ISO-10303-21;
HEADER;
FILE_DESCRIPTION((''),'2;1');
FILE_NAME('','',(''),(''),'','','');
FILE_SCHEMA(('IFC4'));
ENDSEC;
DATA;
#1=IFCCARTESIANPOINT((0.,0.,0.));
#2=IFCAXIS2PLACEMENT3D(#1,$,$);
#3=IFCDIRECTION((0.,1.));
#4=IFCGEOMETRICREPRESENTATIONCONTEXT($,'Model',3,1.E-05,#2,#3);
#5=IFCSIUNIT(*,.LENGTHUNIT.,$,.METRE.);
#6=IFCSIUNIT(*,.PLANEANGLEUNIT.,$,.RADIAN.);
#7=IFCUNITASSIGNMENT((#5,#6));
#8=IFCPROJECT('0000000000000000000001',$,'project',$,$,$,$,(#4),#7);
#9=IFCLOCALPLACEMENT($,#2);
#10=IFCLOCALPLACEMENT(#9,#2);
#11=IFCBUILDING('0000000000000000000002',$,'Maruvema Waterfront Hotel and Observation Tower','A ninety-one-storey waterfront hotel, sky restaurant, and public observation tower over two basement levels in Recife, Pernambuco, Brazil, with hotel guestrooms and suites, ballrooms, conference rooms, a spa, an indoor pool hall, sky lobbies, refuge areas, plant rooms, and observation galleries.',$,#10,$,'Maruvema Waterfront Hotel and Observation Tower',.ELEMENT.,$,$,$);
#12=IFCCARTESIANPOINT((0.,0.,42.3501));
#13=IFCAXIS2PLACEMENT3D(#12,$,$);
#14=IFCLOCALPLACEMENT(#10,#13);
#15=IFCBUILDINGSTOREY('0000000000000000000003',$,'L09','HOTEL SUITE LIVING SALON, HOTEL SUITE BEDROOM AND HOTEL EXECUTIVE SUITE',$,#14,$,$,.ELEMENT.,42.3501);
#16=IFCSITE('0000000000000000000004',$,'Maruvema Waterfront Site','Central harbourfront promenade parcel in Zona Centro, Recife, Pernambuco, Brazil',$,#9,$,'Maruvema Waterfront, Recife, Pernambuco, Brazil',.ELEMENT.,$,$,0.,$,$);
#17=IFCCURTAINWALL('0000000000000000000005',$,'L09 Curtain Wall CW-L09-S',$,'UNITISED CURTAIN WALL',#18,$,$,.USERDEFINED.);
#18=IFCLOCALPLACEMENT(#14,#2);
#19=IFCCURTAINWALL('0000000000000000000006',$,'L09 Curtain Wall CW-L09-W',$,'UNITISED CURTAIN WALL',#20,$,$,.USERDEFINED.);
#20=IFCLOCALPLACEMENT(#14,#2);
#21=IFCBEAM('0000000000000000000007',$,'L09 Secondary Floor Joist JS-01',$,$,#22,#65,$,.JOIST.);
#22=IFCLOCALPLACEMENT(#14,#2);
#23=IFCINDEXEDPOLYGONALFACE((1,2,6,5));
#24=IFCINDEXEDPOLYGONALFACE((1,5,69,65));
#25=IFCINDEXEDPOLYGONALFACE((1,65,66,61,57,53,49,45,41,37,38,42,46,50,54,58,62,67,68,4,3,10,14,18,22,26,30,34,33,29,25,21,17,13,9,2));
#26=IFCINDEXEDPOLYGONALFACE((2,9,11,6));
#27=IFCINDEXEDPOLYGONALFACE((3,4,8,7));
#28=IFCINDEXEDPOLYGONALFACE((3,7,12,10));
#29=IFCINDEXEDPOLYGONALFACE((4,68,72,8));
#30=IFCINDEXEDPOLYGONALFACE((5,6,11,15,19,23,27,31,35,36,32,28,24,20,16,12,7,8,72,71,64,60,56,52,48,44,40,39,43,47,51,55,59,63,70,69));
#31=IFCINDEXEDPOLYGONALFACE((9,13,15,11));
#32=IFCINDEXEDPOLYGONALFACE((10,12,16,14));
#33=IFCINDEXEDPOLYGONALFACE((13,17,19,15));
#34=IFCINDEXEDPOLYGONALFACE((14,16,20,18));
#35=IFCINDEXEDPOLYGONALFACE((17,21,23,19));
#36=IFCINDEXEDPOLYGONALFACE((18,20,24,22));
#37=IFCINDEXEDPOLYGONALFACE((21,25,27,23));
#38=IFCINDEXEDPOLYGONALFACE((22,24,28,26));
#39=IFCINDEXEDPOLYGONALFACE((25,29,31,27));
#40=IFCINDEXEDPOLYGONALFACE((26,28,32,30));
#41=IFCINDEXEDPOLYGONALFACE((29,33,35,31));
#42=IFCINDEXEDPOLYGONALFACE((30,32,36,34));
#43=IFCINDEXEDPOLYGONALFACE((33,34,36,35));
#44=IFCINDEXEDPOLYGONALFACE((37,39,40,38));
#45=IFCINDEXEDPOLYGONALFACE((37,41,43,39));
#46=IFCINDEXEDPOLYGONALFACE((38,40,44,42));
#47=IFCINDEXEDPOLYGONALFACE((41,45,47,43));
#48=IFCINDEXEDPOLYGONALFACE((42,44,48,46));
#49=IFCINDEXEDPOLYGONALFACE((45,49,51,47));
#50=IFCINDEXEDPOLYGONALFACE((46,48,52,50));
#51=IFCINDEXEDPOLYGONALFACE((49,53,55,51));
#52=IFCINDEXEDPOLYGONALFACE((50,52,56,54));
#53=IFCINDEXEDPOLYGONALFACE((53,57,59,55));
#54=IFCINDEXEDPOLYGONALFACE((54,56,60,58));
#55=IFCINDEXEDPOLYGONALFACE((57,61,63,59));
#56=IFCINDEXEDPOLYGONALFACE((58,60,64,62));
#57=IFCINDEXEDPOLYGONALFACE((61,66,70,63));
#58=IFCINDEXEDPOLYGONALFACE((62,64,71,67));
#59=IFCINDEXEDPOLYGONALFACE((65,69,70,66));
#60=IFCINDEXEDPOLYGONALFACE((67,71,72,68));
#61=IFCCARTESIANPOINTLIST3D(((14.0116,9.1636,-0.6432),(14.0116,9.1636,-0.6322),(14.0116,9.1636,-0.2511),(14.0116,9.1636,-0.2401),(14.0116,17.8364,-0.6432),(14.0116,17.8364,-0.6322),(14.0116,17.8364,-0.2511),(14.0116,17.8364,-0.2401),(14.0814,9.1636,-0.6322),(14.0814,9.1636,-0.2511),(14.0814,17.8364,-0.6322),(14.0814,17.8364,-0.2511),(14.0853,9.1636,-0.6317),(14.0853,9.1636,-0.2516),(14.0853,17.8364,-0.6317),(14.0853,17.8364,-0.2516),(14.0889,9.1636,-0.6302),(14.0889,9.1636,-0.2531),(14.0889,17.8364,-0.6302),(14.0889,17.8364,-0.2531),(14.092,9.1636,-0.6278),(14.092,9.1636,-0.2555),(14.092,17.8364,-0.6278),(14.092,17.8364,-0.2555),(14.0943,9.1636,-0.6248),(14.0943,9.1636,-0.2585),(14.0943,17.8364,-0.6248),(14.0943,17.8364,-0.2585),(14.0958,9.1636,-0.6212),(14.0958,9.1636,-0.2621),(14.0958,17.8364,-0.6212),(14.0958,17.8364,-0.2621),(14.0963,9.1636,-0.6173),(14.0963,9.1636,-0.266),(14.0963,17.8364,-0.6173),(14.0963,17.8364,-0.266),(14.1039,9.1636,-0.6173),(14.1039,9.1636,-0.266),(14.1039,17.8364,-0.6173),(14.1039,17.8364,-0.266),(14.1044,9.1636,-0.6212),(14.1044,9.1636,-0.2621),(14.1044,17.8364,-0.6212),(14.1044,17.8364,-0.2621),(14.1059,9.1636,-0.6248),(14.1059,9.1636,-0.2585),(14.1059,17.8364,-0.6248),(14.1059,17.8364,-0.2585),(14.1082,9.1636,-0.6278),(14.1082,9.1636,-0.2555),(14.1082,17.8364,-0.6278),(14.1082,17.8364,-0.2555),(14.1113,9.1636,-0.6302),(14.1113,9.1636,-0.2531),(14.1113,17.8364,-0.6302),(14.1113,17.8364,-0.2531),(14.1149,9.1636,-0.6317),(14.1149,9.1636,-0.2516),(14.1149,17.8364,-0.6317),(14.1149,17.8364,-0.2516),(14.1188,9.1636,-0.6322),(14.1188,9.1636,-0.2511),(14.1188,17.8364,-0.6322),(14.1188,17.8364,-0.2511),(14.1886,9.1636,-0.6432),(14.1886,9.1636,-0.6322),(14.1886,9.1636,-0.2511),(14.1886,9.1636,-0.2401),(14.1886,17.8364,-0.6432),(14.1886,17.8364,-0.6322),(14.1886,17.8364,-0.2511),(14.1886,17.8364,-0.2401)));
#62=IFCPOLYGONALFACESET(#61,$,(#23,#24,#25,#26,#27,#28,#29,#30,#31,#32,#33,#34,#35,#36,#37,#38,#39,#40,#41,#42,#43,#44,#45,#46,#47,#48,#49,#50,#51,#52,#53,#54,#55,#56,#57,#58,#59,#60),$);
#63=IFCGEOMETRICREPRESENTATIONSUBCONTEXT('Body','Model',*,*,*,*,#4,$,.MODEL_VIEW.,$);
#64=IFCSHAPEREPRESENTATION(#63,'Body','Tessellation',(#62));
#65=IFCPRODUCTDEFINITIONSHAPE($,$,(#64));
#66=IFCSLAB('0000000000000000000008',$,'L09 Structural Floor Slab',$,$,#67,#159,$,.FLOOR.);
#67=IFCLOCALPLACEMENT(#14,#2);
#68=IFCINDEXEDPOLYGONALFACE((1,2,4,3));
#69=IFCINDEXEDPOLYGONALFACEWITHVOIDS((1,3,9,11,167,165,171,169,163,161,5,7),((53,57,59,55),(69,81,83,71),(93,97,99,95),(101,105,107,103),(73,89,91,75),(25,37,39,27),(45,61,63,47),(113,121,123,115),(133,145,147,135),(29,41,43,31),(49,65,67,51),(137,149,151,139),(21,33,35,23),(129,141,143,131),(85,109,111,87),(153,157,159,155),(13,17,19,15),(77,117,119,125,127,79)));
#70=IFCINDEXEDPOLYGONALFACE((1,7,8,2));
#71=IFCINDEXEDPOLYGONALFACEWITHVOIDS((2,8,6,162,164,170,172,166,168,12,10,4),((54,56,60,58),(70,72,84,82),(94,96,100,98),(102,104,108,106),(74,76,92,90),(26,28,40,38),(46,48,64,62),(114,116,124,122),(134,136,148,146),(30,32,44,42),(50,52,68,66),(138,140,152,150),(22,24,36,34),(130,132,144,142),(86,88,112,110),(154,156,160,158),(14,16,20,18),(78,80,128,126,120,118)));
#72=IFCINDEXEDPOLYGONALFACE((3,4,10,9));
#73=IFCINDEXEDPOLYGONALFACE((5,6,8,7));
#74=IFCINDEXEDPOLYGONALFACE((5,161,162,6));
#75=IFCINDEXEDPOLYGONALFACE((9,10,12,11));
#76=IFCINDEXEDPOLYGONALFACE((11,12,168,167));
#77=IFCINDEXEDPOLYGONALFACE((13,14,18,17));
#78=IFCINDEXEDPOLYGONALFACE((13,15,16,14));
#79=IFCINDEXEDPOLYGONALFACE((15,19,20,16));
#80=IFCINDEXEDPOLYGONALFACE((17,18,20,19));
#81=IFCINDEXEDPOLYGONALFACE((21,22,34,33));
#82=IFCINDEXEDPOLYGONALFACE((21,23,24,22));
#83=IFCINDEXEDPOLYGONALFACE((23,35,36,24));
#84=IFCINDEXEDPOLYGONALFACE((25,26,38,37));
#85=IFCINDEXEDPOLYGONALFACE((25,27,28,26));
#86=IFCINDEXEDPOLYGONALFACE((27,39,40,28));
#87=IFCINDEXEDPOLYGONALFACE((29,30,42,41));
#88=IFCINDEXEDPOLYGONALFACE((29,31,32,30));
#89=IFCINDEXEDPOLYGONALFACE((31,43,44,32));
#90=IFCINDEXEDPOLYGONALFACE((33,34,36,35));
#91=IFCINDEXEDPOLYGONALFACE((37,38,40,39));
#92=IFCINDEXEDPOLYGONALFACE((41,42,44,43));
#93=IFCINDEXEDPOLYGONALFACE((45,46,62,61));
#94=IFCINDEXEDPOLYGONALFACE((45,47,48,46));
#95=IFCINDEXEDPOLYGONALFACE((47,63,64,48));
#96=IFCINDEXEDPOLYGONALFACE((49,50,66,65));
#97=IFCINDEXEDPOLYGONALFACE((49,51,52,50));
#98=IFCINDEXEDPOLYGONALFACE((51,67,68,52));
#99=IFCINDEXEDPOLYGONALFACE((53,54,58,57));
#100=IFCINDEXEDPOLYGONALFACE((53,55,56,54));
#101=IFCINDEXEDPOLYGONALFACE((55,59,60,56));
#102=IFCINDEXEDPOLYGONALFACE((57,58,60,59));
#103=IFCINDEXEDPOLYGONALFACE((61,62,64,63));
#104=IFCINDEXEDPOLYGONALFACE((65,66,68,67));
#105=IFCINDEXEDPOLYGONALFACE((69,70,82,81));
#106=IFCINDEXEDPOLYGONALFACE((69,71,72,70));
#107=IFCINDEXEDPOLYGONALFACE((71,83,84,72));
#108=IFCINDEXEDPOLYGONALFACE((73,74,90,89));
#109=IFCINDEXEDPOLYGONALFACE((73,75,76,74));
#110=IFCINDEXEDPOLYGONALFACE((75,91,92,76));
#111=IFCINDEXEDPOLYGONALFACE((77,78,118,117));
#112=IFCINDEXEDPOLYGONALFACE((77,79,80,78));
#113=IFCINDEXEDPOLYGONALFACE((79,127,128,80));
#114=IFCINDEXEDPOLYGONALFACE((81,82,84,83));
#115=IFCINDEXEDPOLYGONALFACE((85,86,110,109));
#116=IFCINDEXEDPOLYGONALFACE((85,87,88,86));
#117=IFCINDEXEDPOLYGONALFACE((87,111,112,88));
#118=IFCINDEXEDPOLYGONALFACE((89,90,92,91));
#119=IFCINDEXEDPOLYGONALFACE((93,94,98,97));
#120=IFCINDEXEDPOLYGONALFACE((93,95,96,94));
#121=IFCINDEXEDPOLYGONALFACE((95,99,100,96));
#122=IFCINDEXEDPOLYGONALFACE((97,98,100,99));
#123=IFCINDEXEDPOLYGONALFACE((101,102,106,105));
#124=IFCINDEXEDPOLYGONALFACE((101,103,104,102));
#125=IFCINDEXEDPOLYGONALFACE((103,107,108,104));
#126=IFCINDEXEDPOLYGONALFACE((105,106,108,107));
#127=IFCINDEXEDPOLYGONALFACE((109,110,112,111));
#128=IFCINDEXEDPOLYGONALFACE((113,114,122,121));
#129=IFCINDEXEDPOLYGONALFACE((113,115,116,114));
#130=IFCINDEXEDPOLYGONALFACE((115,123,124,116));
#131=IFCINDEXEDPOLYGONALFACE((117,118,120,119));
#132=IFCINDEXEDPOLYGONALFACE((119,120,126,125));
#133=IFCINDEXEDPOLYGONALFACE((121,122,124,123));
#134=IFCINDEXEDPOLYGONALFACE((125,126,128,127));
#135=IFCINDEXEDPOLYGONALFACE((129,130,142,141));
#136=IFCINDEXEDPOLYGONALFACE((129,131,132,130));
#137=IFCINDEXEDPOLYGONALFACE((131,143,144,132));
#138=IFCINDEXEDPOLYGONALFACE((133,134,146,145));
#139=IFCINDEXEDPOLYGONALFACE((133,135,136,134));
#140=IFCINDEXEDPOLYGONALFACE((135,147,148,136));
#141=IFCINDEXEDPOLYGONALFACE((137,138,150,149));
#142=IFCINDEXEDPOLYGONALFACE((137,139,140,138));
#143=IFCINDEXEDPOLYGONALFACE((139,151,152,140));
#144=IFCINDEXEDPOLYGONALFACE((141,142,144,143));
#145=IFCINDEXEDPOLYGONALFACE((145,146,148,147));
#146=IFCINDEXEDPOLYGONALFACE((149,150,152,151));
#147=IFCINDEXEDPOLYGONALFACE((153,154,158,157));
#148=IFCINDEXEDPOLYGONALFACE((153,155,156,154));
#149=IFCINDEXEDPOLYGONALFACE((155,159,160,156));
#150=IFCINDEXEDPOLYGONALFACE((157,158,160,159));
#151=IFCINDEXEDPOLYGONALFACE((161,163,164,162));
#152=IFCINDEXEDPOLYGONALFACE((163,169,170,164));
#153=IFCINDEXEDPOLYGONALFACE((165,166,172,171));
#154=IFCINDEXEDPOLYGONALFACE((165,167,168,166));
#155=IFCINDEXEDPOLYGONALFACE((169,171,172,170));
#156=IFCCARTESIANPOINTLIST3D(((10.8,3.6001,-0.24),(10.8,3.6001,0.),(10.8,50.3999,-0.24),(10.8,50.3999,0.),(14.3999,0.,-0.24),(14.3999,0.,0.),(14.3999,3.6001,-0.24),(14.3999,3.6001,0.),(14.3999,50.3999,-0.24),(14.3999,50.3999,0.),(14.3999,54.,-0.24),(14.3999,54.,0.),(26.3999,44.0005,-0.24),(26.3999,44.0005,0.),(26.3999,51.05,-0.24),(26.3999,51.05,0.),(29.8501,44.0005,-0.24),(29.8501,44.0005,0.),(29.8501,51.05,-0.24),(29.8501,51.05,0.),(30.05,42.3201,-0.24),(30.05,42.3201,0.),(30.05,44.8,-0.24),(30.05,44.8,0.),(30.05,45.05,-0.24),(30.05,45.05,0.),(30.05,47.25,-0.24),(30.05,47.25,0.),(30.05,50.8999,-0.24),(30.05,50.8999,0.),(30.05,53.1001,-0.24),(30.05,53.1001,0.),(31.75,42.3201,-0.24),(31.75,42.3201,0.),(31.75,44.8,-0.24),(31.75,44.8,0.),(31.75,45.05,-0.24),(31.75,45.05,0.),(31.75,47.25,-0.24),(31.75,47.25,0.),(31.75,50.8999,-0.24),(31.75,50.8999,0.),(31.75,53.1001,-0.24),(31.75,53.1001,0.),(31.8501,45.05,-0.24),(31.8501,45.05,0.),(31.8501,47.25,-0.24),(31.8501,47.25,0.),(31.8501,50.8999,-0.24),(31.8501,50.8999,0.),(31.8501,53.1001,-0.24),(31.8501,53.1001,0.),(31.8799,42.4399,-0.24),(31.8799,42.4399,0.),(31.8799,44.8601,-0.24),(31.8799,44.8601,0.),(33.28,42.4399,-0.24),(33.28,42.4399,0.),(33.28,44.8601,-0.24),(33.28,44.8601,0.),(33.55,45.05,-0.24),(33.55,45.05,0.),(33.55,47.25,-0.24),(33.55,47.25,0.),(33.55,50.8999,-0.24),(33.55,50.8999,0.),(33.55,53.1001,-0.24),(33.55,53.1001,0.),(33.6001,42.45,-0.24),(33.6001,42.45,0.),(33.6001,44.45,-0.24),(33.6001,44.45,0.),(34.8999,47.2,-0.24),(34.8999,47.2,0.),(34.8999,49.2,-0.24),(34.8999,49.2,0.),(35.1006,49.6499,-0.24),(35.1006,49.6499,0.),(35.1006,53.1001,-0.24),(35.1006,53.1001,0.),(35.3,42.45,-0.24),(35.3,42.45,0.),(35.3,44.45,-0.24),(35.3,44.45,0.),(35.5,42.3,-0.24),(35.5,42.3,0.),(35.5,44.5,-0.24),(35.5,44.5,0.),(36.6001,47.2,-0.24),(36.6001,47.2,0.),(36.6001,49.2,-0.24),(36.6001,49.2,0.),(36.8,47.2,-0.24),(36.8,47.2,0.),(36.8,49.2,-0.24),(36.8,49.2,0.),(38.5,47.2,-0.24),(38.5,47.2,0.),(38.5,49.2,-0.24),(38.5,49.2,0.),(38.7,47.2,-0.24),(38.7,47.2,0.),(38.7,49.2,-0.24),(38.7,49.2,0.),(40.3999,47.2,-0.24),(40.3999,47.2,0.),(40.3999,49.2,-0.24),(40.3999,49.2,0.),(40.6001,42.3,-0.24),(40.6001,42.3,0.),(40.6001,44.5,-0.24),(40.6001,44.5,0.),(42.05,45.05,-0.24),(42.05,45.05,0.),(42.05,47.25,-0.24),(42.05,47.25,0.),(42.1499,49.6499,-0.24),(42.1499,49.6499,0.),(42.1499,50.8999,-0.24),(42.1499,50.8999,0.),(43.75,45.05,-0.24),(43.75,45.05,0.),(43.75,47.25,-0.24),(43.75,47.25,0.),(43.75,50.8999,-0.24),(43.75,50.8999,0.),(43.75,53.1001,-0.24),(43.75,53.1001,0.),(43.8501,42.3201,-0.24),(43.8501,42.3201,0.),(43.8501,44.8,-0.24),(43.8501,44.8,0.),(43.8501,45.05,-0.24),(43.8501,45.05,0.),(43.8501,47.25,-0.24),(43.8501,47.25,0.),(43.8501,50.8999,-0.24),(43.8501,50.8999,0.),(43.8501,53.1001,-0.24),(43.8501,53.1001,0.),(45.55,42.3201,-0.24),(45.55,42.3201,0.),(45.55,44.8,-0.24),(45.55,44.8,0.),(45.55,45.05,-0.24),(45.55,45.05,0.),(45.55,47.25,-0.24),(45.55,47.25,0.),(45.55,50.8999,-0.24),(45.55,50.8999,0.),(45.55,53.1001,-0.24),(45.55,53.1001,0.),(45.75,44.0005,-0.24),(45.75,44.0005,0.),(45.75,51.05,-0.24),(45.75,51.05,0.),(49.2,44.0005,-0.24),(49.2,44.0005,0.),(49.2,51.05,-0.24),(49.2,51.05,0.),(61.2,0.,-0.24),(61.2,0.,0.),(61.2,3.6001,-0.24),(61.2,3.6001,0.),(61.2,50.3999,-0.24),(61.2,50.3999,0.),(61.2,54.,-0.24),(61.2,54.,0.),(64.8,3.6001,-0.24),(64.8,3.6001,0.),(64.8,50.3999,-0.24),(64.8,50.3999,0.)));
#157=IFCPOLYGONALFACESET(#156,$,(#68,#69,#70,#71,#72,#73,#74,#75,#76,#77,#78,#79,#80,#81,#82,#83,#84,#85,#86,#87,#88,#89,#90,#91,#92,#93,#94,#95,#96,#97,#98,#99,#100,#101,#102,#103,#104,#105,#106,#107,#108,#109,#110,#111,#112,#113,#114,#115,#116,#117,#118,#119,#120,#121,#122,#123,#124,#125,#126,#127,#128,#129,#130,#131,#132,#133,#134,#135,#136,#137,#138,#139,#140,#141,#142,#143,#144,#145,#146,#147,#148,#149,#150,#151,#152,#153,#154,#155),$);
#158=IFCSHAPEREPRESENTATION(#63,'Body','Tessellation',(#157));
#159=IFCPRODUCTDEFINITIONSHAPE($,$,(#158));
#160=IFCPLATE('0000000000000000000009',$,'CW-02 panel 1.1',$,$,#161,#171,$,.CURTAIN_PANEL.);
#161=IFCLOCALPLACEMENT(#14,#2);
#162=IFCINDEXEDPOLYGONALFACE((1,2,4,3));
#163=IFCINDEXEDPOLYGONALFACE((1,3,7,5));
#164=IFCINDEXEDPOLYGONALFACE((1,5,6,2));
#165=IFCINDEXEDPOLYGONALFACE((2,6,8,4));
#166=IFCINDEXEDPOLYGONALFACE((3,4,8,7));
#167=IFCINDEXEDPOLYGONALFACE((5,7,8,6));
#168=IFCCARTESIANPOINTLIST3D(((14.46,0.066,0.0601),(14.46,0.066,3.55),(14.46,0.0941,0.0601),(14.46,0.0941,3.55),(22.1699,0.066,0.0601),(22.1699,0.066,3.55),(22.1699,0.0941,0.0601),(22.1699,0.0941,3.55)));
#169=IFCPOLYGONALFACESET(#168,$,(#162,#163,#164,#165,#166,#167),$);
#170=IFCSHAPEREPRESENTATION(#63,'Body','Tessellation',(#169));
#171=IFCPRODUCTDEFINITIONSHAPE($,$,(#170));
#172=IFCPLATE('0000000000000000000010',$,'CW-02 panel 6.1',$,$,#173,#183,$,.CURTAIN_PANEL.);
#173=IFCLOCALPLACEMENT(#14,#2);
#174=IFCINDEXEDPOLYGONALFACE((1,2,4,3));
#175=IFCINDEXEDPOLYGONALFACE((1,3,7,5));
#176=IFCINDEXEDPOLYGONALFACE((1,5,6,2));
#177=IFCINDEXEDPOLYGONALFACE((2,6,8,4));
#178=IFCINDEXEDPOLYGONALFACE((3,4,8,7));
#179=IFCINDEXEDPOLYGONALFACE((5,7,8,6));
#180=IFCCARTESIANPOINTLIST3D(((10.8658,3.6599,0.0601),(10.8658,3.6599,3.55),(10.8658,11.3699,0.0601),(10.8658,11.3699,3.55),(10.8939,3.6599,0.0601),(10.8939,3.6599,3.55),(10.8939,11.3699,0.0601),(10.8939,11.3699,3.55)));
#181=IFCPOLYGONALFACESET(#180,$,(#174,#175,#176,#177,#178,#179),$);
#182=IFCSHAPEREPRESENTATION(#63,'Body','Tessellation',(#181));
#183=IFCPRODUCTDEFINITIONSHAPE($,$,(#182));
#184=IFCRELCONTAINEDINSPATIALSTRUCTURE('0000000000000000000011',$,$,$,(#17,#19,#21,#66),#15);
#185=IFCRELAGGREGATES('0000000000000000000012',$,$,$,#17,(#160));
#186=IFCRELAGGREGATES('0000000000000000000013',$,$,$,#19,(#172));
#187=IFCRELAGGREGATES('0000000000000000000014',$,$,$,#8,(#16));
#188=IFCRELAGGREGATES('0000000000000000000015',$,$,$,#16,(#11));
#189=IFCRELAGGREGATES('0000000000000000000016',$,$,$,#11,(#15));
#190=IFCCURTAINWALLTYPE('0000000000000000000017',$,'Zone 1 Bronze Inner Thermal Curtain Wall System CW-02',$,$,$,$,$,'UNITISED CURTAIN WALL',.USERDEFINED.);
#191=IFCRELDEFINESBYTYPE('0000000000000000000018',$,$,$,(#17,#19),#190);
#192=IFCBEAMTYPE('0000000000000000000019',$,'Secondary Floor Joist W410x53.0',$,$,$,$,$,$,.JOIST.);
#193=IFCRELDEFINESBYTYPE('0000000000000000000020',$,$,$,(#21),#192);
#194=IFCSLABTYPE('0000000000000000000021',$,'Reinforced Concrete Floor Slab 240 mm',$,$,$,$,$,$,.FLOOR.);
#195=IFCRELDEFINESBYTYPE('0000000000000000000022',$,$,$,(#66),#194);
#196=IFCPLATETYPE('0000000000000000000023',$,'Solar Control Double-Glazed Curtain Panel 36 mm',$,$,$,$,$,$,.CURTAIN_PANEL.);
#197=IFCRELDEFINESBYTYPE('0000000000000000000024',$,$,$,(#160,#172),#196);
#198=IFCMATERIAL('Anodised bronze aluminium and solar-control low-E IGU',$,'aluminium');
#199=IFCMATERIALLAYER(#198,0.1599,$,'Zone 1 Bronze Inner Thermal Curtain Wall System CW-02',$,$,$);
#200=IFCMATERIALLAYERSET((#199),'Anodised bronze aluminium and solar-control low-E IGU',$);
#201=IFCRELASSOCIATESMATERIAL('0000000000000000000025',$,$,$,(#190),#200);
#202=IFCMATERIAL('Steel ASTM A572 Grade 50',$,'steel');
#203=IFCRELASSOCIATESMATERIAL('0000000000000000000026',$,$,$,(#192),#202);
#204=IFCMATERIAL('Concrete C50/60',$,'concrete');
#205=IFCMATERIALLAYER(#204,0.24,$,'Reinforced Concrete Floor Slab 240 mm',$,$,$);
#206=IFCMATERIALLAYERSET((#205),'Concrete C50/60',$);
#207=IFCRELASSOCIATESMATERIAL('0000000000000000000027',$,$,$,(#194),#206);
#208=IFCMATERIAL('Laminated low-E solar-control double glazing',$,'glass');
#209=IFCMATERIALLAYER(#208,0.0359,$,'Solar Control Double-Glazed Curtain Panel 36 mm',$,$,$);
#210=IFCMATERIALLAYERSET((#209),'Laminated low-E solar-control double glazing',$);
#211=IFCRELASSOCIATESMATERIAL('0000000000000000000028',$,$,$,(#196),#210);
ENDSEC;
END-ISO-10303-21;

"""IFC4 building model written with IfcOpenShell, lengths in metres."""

from ifc_helpers import new_model, si_unit, direction, frame, origin, origin_2d, place, context, subcontext, project, spatial, polyline, rectangle, i_section, outline, extrude, material, layer, layer_set, material_profile, profile_set, type_object, element, aggregate, save


model = new_model("IFC4")

# Units and contexts
model_context = context("Model", 3, precision=1e-05, world=origin(), true_north=direction((0.0, 1.0)))
body_context = subcontext(model_context, "Body", "Model", "MODEL_VIEW")
ifc_project = project(units=[si_unit("LENGTHUNIT", "METRE"), si_unit("PLANEANGLEUNIT", "RADIAN")], contexts=[model_context])

# Site, building, storey
site_placement = place(None, origin())
site = spatial("IfcSite", under=ifc_project, at=site_placement, Name="Maruvema Waterfront Site", Description="Central harbourfront promenade parcel in Zona Centro, Recife, Pernambuco, Brazil", LongName="Maruvema Waterfront, Recife, Pernambuco, Brazil", CompositionType="ELEMENT", RefElevation=0.0)
building_placement = place(site_placement, origin())
building = spatial("IfcBuilding", under=site, at=building_placement, Name="Maruvema Waterfront Hotel and Observation Tower", Description="A ninety-one-storey waterfront hotel, sky restaurant, and public observation tower over two basement levels in Recife, Pernambuco, Brazil, with hotel guestrooms and suites, ballrooms, conference rooms, a spa, an indoor pool hall, sky lobbies, refuge areas, plant rooms, and observation galleries.", LongName="Maruvema Waterfront Hotel and Observation Tower", CompositionType="ELEMENT")
storey_placement = place(building_placement, frame((0.0, 0.0, 42.3501)))
storey = spatial("IfcBuildingStorey", under=building, at=storey_placement, Name="L09", Description="HOTEL SUITE LIVING SALON, HOTEL SUITE BEDROOM AND HOTEL EXECUTIVE SUITE", CompositionType="ELEMENT", Elevation=42.3501)

# Curtain walls
ifc_material_1 = material(Name="Anodised bronze aluminium and solar-control low-E IGU", Category="aluminium")
ifc_layer_1 = layer(ifc_material_1, 0.1599, Name="Zone 1 Bronze Inner Thermal Curtain Wall System CW-02")
ifc_layer_set_1 = layer_set([ifc_layer_1], Name="Anodised bronze aluminium and solar-control low-E IGU")
curtain_wall_type = type_object("IfcCurtainWallType", Name="Zone 1 Bronze Inner Thermal Curtain Wall System CW-02", ElementType="UNITISED CURTAIN WALL", PredefinedType="USERDEFINED", material=ifc_layer_set_1)
curtain_wall_1_placement = place(storey_placement, origin())
curtain_wall_1 = element("IfcCurtainWall", 1, at=curtain_wall_1_placement, inside=storey, type_object=curtain_wall_type, Name="L09 Curtain Wall CW-L09-S", ObjectType="UNITISED CURTAIN WALL", PredefinedType="USERDEFINED")
curtain_wall_2_placement = place(storey_placement, origin())
curtain_wall_2 = element("IfcCurtainWall", 2, at=curtain_wall_2_placement, inside=storey, type_object=curtain_wall_type, Name="L09 Curtain Wall CW-L09-W", ObjectType="UNITISED CURTAIN WALL", PredefinedType="USERDEFINED")

# Beam
ifc_material_2 = material(Name="Steel ASTM A572 Grade 50", Category="steel")
ifc_material_profile_1 = material_profile(ifc_material_2, i_section(OverallWidth=0.177, OverallDepth=0.4031, WebThickness=0.0076, FlangeThickness=0.011, FilletRadius=0.0149, at=origin_2d()), Name="W410x53.0")
ifc_profile_set_1 = profile_set([ifc_material_profile_1], Name="Steel ASTM A572 Grade 50")
beam_type_1 = type_object("IfcBeamType", Name="Secondary Floor Joist W410x53.0", PredefinedType="JOIST", material=ifc_profile_set_1)
beam_1_placement = place(storey_placement, frame((14.1001, 9.1636, -0.4417), z_axis=(0.0, 1.0, 0.0), x_axis=(-1.0, 0.0, 0.0)))
element("IfcBeam", 3, at=beam_1_placement, inside=storey, type_object=beam_type_1, Name="L09 Secondary Floor Joist JS-01", PredefinedType="JOIST", context=body_context, shape_type="SweptSolid", body=[
    extrude(i_section(OverallWidth=0.177, OverallDepth=0.4031, WebThickness=0.0076, FlangeThickness=0.011, FilletRadius=0.0149, at=origin_2d()), origin(), (0.0, 0.0, 1.0), 8.6729),
])

# Slab
ifc_material_3 = material(Name="Concrete C50/60", Category="concrete")
ifc_layer_2 = layer(ifc_material_3, 0.24, Name="Reinforced Concrete Floor Slab 240 mm")
ifc_layer_set_2 = layer_set([ifc_layer_2], Name="Concrete C50/60")
slab_type_1 = type_object("IfcSlabType", Name="Reinforced Concrete Floor Slab 240 mm", PredefinedType="FLOOR", material=ifc_layer_set_2)
slab_1_placement = place(storey_placement, frame((0.0, 0.0, -0.24)))
element("IfcSlab", 4, at=slab_1_placement, inside=storey, type_object=slab_type_1, Name="L09 Structural Floor Slab", PredefinedType="FLOOR", context=body_context, shape_type="SweptSolid", body=[
    extrude(outline(polyline([(14.3999, 0.0), (61.2, 0.0), (61.2, 3.6001), (64.8, 3.6001), (64.8, 50.3999), (61.2, 50.3999), (61.2, 54.0), (14.3999, 54.0), (14.3999, 50.3999), (10.8, 50.3999), (10.8, 3.6001), (14.3999, 3.6001), (14.3999, 0.0)]), holes=[polyline([(26.3999, 44.0005), (26.3999, 51.05), (29.8501, 51.05), (29.8501, 44.0005), (26.3999, 44.0005)]), polyline([(30.05, 44.8), (31.75, 44.8), (31.75, 42.3201), (30.05, 42.3201), (30.05, 44.8)]), polyline([(31.75, 47.25), (31.75, 45.05), (30.05, 45.05), (30.05, 47.25), (31.75, 47.25)]), polyline([(31.75, 53.1001), (31.75, 50.8999), (30.05, 50.8999), (30.05, 53.1001), (31.75, 53.1001)]), polyline([(33.28, 44.8601), (33.28, 42.4399), (31.8799, 42.4399), (31.8799, 44.8601), (33.28, 44.8601)]), polyline([(31.8501, 47.25), (33.55, 47.25), (33.55, 45.05), (31.8501, 45.05), (31.8501, 47.25)]), polyline([(31.8501, 53.1001), (33.55, 53.1001), (33.55, 50.8999), (31.8501, 50.8999), (31.8501, 53.1001)]), polyline([(33.6001, 44.45), (35.3, 44.45), (35.3, 42.45), (33.6001, 42.45), (33.6001, 44.45)]), polyline([(34.8999, 49.2), (36.6001, 49.2), (36.6001, 47.2), (34.8999, 47.2), (34.8999, 49.2)]), polyline([(38.5, 49.2), (38.5, 47.2), (36.8, 47.2), (36.8, 49.2), (38.5, 49.2)]), polyline([(35.5, 44.5), (40.6001, 44.5), (40.6001, 42.3), (35.5, 42.3), (35.5, 44.5)]), polyline([(43.75, 50.8999), (42.1499, 50.8999), (42.1499, 49.6499), (35.1006, 49.6499), (35.1006, 53.1001), (43.75, 53.1001), (43.75, 50.8999)]), polyline([(40.3999, 49.2), (40.3999, 47.2), (38.7, 47.2), (38.7, 49.2), (40.3999, 49.2)]), polyline([(43.75, 47.25), (43.75, 45.05), (42.05, 45.05), (42.05, 47.25), (43.75, 47.25)]), polyline([(45.55, 44.8), (45.55, 42.3201), (43.8501, 42.3201), (43.8501, 44.8), (45.55, 44.8)]), polyline([(43.8501, 47.25), (45.55, 47.25), (45.55, 45.05), (43.8501, 45.05), (43.8501, 47.25)]), polyline([(45.55, 53.1001), (45.55, 50.8999), (43.8501, 50.8999), (43.8501, 53.1001), (45.55, 53.1001)]), polyline([(45.75, 51.05), (49.2, 51.05), (49.2, 44.0005), (45.75, 44.0005), (45.75, 51.05)])]), origin(), (0.0, 0.0, 1.0), 0.24),
])

# Plates
ifc_material_4 = material(Name="Laminated low-E solar-control double glazing", Category="glass")
ifc_layer_3 = layer(ifc_material_4, 0.0359, Name="Solar Control Double-Glazed Curtain Panel 36 mm")
ifc_layer_set_3 = layer_set([ifc_layer_3], Name="Laminated low-E solar-control double glazing")
plate_type = type_object("IfcPlateType", Name="Solar Control Double-Glazed Curtain Panel 36 mm", PredefinedType="CURTAIN_PANEL", material=ifc_layer_set_3)
plate_1_placement = place(storey_placement, frame((18.3149, 0.0801, 0.0601), z_axis=(0.0, 0.0, 1.0), x_axis=(1.0, 0.0, 0.0)))
plate_1 = element("IfcPlate", 5, at=plate_1_placement, type_object=plate_type, Name="CW-02 panel 1.1", PredefinedType="CURTAIN_PANEL", context=body_context, shape_type="SweptSolid", body=[
    extrude(rectangle(XDim=7.71, YDim=0.0281, at=origin_2d()), origin(), (0.0, 0.0, 1.0), 3.49),
])
aggregate(curtain_wall_1, [plate_1])
plate_2_placement = place(storey_placement, frame((10.8799, 7.5149, 0.0601), z_axis=(0.0, 0.0, 1.0), x_axis=(0.0, -1.0, 0.0)))
plate_2 = element("IfcPlate", 6, at=plate_2_placement, type_object=plate_type, Name="CW-02 panel 6.1", PredefinedType="CURTAIN_PANEL", context=body_context, shape_type="SweptSolid", body=[
    extrude(rectangle(XDim=7.71, YDim=0.0281, at=origin_2d()), origin(), (0.0, 0.0, 1.0), 3.49),
])
aggregate(curtain_wall_2, [plate_2])

save(model, "model.ifc")
